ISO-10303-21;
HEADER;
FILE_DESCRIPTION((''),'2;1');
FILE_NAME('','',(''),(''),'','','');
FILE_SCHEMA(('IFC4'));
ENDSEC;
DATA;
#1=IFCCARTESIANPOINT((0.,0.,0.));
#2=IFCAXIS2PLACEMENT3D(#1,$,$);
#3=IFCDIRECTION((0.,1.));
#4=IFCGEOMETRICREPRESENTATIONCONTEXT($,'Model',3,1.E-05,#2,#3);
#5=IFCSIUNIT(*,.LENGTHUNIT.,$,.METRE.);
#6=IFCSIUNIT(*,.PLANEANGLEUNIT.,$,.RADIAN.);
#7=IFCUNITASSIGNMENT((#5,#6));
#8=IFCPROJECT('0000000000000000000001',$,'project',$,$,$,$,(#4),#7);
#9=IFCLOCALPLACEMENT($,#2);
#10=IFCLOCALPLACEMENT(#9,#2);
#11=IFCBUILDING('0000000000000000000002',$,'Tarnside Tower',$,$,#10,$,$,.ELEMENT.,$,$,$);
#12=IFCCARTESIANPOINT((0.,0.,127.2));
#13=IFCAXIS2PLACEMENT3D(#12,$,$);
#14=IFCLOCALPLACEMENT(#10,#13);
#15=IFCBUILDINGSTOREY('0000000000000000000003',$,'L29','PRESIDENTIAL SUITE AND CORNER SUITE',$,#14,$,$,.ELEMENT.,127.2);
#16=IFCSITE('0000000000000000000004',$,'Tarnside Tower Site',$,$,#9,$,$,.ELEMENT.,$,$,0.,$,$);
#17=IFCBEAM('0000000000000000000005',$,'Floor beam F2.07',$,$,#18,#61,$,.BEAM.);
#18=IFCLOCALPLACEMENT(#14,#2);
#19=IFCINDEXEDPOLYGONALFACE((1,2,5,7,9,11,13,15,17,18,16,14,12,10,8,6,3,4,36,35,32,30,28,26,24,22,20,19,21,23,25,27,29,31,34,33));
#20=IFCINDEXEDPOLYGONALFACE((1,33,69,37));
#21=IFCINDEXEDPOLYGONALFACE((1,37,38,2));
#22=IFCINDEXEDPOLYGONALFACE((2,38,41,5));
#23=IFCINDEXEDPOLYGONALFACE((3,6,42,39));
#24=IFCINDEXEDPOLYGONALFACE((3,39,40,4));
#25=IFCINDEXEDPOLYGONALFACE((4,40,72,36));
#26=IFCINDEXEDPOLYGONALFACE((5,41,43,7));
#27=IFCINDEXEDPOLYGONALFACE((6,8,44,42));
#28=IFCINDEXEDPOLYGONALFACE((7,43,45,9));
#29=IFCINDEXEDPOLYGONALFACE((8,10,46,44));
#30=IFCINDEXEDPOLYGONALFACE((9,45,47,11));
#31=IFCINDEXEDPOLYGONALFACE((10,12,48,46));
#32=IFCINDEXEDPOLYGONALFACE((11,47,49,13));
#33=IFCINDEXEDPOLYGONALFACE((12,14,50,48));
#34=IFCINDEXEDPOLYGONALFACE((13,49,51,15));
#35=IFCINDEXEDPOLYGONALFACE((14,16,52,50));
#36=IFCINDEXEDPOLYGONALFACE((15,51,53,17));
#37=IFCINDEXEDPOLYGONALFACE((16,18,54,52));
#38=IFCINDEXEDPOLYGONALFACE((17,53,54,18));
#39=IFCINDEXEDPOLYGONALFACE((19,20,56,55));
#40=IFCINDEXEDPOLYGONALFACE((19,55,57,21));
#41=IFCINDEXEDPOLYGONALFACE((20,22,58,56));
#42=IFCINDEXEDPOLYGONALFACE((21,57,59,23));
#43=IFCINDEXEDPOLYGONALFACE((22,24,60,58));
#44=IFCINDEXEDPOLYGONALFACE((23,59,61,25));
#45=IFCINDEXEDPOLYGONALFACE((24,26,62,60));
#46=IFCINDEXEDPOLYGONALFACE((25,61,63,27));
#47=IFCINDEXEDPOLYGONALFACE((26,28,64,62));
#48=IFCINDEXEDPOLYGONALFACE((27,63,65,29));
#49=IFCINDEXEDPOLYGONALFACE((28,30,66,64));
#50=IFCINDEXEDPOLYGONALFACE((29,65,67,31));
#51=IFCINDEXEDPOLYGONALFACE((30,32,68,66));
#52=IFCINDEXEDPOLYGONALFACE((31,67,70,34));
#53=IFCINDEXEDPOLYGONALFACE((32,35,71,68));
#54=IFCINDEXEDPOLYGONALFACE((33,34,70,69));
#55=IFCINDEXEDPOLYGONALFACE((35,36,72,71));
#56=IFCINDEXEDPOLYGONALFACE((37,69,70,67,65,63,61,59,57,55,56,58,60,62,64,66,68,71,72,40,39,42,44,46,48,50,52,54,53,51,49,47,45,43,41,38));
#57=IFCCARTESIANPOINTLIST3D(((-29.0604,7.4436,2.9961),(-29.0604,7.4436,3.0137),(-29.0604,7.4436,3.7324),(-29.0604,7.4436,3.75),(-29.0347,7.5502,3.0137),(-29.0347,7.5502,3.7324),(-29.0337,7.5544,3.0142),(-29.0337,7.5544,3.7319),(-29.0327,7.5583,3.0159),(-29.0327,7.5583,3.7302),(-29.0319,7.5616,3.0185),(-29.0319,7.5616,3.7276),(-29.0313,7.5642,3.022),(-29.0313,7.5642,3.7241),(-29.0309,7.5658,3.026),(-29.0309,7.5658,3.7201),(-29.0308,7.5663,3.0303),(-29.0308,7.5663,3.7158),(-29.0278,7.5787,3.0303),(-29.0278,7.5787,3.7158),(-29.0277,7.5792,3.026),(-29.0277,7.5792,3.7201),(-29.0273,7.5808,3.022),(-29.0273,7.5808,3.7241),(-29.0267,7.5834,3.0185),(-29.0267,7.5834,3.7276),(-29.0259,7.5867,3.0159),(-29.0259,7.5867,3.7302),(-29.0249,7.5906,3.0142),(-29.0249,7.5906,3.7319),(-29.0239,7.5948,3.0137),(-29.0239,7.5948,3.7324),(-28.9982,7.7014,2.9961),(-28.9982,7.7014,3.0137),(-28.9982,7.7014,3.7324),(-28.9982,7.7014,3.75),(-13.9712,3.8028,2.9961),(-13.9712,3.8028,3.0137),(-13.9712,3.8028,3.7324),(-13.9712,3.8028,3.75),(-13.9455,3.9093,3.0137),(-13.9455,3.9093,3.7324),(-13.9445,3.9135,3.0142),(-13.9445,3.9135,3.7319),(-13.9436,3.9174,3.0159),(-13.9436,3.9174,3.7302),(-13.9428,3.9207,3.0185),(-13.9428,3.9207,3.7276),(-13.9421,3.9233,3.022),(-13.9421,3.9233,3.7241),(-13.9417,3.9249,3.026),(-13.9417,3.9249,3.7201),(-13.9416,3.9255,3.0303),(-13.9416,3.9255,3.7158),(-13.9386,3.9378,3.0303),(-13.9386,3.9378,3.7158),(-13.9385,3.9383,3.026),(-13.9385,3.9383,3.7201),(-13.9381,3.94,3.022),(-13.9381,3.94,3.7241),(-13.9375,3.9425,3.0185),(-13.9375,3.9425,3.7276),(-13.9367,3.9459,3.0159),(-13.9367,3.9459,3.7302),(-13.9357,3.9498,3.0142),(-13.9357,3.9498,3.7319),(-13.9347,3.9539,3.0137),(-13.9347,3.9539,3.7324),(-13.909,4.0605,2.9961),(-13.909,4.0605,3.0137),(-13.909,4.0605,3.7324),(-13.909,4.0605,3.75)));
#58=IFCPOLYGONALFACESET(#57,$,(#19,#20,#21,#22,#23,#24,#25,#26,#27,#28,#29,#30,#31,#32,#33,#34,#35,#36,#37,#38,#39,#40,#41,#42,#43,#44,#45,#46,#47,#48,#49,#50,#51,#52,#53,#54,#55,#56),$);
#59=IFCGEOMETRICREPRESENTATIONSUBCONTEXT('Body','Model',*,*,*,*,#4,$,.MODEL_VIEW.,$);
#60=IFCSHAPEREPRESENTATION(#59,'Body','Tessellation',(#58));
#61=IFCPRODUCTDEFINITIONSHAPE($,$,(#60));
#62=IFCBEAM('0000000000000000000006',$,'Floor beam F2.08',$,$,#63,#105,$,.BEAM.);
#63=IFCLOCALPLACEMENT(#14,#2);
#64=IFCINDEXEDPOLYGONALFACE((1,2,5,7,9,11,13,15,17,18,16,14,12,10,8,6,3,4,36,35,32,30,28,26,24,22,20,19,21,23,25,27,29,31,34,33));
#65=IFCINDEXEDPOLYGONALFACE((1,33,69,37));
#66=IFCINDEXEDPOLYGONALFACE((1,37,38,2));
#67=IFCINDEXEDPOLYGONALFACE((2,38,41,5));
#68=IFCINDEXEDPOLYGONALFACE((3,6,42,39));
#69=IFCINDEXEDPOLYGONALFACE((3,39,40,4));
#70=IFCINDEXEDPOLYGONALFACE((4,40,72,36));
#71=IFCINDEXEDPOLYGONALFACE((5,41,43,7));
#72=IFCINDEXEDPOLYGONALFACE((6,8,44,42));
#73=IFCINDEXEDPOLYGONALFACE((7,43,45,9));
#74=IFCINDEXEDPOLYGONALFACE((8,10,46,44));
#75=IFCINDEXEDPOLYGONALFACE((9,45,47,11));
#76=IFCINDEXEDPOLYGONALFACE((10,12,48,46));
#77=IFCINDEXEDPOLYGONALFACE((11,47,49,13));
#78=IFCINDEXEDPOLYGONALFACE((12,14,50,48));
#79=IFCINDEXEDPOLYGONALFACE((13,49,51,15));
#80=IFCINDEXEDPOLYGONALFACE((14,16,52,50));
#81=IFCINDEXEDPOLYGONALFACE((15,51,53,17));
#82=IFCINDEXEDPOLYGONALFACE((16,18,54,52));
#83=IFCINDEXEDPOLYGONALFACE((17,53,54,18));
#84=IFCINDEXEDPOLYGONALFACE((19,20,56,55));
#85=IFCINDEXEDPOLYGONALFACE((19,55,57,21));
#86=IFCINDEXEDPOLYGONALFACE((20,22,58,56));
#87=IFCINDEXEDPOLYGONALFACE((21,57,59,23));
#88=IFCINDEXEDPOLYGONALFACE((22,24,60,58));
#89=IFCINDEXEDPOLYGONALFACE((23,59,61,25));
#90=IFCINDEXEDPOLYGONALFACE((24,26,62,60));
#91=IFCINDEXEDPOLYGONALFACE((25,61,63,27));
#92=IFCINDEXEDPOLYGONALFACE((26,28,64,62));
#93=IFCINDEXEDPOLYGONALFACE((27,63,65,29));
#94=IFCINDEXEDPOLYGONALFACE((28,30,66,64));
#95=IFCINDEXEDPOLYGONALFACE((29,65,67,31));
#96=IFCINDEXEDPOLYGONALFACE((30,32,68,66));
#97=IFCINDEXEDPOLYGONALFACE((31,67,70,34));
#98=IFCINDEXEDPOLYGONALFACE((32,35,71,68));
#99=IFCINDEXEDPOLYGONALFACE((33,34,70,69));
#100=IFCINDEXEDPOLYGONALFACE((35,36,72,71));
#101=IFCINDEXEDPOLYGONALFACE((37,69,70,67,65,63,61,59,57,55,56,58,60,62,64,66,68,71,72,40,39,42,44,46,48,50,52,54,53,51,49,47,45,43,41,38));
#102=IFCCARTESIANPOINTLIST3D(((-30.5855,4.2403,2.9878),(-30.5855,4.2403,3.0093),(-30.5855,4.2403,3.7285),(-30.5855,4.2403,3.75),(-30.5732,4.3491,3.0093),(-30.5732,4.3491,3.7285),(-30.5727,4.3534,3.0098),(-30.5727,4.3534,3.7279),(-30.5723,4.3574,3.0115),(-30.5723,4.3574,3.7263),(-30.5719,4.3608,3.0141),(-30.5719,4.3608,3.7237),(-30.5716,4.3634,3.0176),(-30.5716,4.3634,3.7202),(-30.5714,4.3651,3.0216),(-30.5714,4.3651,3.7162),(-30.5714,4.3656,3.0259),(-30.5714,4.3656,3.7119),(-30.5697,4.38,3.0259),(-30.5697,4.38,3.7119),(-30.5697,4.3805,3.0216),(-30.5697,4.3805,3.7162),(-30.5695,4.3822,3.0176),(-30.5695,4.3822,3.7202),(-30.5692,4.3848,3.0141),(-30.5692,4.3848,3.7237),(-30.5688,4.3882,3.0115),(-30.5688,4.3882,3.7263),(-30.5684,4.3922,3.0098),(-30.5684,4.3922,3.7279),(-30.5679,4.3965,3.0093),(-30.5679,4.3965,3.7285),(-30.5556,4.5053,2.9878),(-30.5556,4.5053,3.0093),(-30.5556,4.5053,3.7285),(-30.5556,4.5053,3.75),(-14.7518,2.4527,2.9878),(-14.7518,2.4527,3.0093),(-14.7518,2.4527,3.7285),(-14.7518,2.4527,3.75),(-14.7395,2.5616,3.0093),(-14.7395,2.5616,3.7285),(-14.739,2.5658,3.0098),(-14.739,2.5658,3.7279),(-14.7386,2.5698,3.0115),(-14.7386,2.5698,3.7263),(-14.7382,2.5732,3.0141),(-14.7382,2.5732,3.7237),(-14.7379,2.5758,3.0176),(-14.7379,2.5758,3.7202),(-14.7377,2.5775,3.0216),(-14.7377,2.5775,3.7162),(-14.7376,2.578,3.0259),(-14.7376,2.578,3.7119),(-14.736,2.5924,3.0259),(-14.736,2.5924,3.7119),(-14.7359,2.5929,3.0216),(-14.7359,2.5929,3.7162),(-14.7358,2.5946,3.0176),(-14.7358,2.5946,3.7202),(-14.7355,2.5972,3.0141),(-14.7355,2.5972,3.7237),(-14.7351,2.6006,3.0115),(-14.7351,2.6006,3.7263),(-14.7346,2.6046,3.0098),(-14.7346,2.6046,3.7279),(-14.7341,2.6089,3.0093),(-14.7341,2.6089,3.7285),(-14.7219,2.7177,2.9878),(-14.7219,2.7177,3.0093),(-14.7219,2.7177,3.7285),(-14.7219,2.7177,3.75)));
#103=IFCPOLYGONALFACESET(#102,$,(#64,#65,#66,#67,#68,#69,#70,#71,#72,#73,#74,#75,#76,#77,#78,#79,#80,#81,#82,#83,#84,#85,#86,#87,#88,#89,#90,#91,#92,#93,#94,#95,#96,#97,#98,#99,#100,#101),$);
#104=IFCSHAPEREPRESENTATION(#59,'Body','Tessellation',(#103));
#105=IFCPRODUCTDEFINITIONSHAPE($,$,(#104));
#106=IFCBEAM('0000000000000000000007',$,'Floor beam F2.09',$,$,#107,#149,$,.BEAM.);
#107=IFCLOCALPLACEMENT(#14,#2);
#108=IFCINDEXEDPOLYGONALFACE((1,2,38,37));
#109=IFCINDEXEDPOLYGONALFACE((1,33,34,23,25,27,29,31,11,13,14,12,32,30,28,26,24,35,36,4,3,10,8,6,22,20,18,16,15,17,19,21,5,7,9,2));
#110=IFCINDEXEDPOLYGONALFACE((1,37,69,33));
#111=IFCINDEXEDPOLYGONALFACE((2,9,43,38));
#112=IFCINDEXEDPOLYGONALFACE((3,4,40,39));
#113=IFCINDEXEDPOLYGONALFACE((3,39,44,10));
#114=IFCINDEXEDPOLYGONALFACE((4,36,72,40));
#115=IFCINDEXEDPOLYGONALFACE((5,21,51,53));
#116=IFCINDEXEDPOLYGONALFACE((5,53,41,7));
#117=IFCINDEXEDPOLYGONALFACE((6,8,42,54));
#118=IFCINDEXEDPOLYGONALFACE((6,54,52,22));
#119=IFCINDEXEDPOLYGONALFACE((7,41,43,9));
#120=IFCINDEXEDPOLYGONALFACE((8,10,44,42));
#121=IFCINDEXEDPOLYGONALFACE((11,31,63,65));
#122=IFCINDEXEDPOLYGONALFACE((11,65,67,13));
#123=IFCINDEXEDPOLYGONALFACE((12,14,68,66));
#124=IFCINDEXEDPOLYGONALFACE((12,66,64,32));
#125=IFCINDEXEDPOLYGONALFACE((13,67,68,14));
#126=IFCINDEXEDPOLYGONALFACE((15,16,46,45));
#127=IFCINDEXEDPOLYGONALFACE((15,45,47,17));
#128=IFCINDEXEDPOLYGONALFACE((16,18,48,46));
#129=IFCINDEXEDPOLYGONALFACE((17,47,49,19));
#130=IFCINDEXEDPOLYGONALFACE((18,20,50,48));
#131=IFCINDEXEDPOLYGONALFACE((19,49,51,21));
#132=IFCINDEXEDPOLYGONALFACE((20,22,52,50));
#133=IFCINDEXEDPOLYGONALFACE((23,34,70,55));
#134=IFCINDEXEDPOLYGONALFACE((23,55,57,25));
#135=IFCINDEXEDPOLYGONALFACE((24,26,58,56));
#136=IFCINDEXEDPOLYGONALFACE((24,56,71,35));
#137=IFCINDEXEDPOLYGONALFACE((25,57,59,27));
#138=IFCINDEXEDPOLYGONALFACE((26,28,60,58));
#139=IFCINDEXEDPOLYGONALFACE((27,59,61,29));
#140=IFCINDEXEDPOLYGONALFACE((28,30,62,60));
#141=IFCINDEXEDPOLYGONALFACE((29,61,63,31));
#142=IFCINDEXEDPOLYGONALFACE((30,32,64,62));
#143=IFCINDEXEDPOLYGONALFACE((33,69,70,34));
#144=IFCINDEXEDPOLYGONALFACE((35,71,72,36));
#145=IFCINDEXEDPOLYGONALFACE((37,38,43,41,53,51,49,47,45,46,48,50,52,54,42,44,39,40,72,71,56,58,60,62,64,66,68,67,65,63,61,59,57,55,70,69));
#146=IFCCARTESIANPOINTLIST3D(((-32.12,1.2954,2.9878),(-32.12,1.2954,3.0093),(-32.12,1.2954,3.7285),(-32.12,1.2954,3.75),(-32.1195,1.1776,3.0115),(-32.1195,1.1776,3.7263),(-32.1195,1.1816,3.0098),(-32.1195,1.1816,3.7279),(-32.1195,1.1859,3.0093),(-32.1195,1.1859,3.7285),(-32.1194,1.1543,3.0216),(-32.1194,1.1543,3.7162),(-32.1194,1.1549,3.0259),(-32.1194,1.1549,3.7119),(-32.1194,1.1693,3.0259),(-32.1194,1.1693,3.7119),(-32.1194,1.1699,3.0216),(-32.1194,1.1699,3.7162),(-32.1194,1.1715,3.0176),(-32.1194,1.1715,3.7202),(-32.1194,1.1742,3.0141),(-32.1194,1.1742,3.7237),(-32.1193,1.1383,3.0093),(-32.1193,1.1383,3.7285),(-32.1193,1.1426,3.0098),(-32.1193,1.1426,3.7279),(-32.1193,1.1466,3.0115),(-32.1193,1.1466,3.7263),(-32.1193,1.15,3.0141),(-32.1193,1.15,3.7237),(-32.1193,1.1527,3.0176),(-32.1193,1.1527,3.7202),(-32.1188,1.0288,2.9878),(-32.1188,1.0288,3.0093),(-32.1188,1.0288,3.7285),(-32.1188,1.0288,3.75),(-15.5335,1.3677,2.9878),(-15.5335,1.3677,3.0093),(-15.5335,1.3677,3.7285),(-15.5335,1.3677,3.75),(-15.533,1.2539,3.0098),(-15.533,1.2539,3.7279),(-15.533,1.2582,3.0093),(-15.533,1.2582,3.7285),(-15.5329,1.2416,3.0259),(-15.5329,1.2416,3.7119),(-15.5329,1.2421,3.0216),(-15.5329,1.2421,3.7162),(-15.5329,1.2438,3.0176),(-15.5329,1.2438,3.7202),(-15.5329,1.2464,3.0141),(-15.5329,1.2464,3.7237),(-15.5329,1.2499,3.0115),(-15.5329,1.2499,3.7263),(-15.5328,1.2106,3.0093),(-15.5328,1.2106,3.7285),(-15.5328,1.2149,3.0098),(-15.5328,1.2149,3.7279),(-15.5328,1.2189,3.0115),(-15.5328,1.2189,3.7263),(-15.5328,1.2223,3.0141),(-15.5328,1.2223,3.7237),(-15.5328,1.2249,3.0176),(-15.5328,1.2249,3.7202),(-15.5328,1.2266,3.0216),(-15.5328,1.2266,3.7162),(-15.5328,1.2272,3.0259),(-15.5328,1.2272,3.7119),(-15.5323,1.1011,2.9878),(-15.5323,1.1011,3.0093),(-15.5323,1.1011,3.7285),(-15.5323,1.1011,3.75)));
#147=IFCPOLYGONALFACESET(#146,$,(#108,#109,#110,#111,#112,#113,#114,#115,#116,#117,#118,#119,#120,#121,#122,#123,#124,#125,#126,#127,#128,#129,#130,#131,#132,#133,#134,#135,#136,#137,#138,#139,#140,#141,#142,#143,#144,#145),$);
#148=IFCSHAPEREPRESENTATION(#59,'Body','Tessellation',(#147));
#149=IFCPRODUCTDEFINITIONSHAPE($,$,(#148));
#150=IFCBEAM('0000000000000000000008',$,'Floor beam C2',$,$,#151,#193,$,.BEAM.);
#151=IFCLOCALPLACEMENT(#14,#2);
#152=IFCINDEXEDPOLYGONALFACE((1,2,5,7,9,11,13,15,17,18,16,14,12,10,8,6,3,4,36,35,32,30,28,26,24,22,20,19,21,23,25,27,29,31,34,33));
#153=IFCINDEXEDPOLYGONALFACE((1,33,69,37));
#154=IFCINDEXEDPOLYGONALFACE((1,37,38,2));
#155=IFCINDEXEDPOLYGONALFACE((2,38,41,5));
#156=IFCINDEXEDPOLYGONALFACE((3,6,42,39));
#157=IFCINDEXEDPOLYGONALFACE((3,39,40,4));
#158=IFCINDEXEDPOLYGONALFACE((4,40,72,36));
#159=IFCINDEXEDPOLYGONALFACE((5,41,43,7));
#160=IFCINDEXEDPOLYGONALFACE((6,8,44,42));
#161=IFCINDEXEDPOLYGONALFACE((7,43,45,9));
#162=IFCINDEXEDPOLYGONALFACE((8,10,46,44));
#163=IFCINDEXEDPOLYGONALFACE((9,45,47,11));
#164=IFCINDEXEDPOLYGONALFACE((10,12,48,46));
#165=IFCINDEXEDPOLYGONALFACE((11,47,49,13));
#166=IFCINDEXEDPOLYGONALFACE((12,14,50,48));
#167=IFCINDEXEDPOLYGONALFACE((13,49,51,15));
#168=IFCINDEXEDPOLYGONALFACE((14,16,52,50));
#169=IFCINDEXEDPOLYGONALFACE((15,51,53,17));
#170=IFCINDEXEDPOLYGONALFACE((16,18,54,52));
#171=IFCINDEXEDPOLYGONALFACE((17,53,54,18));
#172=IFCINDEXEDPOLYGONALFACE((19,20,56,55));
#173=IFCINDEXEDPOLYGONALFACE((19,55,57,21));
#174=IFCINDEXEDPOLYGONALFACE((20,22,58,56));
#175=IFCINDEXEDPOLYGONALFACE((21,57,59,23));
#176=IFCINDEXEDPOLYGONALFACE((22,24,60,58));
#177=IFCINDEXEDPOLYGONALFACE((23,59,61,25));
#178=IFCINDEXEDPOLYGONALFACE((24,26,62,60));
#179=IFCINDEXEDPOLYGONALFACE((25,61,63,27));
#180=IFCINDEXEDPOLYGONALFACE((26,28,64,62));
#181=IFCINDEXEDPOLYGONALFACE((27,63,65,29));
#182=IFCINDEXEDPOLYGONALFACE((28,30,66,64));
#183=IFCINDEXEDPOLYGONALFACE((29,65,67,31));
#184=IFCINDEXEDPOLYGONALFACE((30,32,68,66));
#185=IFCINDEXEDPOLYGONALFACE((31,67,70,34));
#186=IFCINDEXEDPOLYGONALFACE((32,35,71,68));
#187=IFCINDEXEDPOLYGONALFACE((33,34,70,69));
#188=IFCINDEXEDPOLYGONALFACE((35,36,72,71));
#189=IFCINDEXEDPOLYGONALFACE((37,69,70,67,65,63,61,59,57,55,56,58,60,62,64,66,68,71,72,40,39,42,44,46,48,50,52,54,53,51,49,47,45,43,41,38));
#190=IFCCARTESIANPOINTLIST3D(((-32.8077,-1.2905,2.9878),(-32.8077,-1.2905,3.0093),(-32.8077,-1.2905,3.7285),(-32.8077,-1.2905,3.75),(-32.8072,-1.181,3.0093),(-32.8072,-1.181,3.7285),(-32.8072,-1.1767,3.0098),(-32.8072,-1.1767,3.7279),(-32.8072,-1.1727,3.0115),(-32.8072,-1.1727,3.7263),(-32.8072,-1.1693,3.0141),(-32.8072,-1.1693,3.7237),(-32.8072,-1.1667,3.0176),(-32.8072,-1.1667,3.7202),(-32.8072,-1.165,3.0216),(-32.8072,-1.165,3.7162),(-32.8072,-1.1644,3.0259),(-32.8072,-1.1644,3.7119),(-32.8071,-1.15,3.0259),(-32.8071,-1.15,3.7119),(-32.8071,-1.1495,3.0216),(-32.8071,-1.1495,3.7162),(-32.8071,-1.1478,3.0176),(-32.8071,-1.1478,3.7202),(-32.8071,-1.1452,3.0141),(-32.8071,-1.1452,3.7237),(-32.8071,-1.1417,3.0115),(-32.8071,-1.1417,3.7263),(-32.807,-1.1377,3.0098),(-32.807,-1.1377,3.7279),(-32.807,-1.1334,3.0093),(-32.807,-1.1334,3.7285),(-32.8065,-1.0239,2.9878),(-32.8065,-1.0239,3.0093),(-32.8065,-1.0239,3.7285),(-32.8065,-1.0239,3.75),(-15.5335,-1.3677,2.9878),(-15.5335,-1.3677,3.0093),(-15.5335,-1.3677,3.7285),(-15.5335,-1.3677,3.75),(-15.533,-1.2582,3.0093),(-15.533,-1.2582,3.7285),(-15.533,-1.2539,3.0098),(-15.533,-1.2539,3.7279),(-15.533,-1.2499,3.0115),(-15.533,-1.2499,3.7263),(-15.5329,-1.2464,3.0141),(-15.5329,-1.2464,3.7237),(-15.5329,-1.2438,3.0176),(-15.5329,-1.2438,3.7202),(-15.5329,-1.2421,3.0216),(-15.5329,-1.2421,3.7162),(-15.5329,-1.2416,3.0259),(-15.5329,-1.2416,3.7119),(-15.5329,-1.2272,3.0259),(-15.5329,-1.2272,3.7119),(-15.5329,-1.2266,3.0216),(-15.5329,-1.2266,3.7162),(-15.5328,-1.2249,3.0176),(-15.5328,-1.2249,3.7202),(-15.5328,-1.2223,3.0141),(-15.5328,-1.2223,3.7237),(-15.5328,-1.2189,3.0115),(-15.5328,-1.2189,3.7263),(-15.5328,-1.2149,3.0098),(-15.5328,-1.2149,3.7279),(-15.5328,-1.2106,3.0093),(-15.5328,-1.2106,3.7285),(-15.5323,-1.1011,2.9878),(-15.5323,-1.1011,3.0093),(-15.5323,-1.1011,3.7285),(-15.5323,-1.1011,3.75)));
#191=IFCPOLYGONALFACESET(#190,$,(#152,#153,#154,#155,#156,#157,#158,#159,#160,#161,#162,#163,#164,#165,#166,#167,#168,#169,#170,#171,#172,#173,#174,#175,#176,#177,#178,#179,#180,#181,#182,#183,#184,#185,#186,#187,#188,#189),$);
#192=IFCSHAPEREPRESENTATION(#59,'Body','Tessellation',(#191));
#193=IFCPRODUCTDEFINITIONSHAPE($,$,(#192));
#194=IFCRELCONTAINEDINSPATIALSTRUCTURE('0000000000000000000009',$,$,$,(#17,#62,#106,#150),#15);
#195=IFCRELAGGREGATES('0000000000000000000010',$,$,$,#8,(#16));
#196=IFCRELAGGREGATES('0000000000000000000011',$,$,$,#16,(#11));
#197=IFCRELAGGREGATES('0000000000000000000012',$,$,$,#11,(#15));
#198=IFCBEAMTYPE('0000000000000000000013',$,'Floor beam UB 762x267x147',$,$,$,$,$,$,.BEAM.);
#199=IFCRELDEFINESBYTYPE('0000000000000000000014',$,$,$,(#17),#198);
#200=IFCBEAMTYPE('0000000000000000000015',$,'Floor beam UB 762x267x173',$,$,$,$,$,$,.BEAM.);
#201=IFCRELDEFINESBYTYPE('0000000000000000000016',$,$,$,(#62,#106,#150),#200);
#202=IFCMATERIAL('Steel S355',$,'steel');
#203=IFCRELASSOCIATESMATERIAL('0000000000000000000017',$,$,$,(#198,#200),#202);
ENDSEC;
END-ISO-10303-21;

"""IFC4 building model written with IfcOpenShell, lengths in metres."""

from ifc_helpers import new_model, si_unit, direction, frame, origin, origin_2d, place, context, subcontext, project, spatial, i_section, extrude, material, material_profile, profile_set, type_object, element, save


model = new_model("IFC4")

# Units and contexts
model_context = context("Model", 3, precision=1e-05, world=origin(), true_north=direction((0.0, 1.0)))
body_context = subcontext(model_context, "Body", "Model", "MODEL_VIEW")
ifc_project = project(units=[si_unit("LENGTHUNIT", "METRE"), si_unit("PLANEANGLEUNIT", "RADIAN")], contexts=[model_context])

# Site, building, storey
site_placement = place(None, origin())
site = spatial("IfcSite", under=ifc_project, at=site_placement, Name="Tarnside Tower Site", CompositionType="ELEMENT", RefElevation=0.0)
building_placement = place(site_placement, origin())
building = spatial("IfcBuilding", under=site, at=building_placement, Name="Tarnside Tower", CompositionType="ELEMENT")
storey_placement = place(building_placement, frame((0.0, 0.0, 127.2)))
storey = spatial("IfcBuildingStorey", under=building, at=storey_placement, Name="L29", Description="PRESIDENTIAL SUITE AND CORNER SUITE", CompositionType="ELEMENT", Elevation=127.2)

# Beams
ifc_material_1 = material(Name="Steel S355", Category="steel")
ifc_material_profile_1 = material_profile(ifc_material_1, i_section(OverallWidth=0.2651, OverallDepth=0.7539, WebThickness=0.0127, FlangeThickness=0.0176, FilletRadius=0.0166, at=origin_2d()), Name="UB 762x267x147")
ifc_profile_set_1 = profile_set([ifc_material_profile_1], Name="Steel S355")
beam_type_1 = type_object("IfcBeamType", Name="Floor beam UB 762x267x147", PredefinedType="BEAM", material=ifc_profile_set_1)
beam_1_placement = place(storey_placement, frame((-29.0293, 7.5725, 3.373), z_axis=(0.972102, -0.23456, 0.0), x_axis=(0.23456, 0.972102, 0.0)))
element("IfcBeam", 1, at=beam_1_placement, inside=storey, type_object=beam_type_1, Name="Floor beam F2.07", PredefinedType="BEAM", context=body_context, shape_type="SweptSolid", body=[
    extrude(i_section(OverallWidth=0.2651, OverallDepth=0.7539, WebThickness=0.0127, FlangeThickness=0.0176, FilletRadius=0.0166, at=origin_2d()), origin(), (0.0, 0.0, 1.0), 15.5222),
])
ifc_material_profile_2 = material_profile(ifc_material_1, i_section(OverallWidth=0.2666, OverallDepth=0.7622, WebThickness=0.0144, FlangeThickness=0.0215, FilletRadius=0.0166, at=origin_2d()), Name="UB 762x267x173")
ifc_profile_set_2 = profile_set([ifc_material_profile_2], Name="Steel S355")
beam_type_2 = type_object("IfcBeamType", Name="Floor beam UB 762x267x173", PredefinedType="BEAM", material=ifc_profile_set_2)
beam_2_placement = place(storey_placement, frame((-30.5706, 4.3728, 3.3689), z_axis=(0.993687, -0.112185, 0.0), x_axis=(0.112185, 0.993687, 0.0)))
element("IfcBeam", 2, at=beam_2_placement, inside=storey, type_object=beam_type_2, Name="Floor beam F2.08", PredefinedType="BEAM", context=body_context, shape_type="SweptSolid", body=[
    extrude(i_section(OverallWidth=0.2666, OverallDepth=0.7622, WebThickness=0.0144, FlangeThickness=0.0215, FilletRadius=0.0166, at=origin_2d()), origin(), (0.0, 0.0, 1.0), 15.9343),
])
beam_3_placement = place(storey_placement, frame((-32.1194, 1.1621, 3.3689), z_axis=(0.999991, 0.004357, 0.0), x_axis=(-0.004357, 0.999991, 0.0)))
element("IfcBeam", 3, at=beam_3_placement, inside=storey, type_object=beam_type_2, Name="Floor beam F2.09", PredefinedType="BEAM", context=body_context, shape_type="SweptSolid", body=[
    extrude(i_section(OverallWidth=0.2666, OverallDepth=0.7622, WebThickness=0.0144, FlangeThickness=0.0215, FilletRadius=0.0166, at=origin_2d()), origin(), (0.0, 0.0, 1.0), 16.5867),
])
beam_4_placement = place(storey_placement, frame((-32.8071, -1.1572, 3.3689), z_axis=(0.99999, -0.004466, 0.0), x_axis=(0.004466, 0.99999, 0.0)))
element("IfcBeam", 4, at=beam_4_placement, inside=storey, type_object=beam_type_2, Name="Floor beam C2", PredefinedType="BEAM", context=body_context, shape_type="SweptSolid", body=[
    extrude(i_section(OverallWidth=0.2666, OverallDepth=0.7622, WebThickness=0.0144, FlangeThickness=0.0215, FilletRadius=0.0166, at=origin_2d()), origin(), (0.0, 0.0, 1.0), 17.2744),
])

save(model, "model.ifc")
